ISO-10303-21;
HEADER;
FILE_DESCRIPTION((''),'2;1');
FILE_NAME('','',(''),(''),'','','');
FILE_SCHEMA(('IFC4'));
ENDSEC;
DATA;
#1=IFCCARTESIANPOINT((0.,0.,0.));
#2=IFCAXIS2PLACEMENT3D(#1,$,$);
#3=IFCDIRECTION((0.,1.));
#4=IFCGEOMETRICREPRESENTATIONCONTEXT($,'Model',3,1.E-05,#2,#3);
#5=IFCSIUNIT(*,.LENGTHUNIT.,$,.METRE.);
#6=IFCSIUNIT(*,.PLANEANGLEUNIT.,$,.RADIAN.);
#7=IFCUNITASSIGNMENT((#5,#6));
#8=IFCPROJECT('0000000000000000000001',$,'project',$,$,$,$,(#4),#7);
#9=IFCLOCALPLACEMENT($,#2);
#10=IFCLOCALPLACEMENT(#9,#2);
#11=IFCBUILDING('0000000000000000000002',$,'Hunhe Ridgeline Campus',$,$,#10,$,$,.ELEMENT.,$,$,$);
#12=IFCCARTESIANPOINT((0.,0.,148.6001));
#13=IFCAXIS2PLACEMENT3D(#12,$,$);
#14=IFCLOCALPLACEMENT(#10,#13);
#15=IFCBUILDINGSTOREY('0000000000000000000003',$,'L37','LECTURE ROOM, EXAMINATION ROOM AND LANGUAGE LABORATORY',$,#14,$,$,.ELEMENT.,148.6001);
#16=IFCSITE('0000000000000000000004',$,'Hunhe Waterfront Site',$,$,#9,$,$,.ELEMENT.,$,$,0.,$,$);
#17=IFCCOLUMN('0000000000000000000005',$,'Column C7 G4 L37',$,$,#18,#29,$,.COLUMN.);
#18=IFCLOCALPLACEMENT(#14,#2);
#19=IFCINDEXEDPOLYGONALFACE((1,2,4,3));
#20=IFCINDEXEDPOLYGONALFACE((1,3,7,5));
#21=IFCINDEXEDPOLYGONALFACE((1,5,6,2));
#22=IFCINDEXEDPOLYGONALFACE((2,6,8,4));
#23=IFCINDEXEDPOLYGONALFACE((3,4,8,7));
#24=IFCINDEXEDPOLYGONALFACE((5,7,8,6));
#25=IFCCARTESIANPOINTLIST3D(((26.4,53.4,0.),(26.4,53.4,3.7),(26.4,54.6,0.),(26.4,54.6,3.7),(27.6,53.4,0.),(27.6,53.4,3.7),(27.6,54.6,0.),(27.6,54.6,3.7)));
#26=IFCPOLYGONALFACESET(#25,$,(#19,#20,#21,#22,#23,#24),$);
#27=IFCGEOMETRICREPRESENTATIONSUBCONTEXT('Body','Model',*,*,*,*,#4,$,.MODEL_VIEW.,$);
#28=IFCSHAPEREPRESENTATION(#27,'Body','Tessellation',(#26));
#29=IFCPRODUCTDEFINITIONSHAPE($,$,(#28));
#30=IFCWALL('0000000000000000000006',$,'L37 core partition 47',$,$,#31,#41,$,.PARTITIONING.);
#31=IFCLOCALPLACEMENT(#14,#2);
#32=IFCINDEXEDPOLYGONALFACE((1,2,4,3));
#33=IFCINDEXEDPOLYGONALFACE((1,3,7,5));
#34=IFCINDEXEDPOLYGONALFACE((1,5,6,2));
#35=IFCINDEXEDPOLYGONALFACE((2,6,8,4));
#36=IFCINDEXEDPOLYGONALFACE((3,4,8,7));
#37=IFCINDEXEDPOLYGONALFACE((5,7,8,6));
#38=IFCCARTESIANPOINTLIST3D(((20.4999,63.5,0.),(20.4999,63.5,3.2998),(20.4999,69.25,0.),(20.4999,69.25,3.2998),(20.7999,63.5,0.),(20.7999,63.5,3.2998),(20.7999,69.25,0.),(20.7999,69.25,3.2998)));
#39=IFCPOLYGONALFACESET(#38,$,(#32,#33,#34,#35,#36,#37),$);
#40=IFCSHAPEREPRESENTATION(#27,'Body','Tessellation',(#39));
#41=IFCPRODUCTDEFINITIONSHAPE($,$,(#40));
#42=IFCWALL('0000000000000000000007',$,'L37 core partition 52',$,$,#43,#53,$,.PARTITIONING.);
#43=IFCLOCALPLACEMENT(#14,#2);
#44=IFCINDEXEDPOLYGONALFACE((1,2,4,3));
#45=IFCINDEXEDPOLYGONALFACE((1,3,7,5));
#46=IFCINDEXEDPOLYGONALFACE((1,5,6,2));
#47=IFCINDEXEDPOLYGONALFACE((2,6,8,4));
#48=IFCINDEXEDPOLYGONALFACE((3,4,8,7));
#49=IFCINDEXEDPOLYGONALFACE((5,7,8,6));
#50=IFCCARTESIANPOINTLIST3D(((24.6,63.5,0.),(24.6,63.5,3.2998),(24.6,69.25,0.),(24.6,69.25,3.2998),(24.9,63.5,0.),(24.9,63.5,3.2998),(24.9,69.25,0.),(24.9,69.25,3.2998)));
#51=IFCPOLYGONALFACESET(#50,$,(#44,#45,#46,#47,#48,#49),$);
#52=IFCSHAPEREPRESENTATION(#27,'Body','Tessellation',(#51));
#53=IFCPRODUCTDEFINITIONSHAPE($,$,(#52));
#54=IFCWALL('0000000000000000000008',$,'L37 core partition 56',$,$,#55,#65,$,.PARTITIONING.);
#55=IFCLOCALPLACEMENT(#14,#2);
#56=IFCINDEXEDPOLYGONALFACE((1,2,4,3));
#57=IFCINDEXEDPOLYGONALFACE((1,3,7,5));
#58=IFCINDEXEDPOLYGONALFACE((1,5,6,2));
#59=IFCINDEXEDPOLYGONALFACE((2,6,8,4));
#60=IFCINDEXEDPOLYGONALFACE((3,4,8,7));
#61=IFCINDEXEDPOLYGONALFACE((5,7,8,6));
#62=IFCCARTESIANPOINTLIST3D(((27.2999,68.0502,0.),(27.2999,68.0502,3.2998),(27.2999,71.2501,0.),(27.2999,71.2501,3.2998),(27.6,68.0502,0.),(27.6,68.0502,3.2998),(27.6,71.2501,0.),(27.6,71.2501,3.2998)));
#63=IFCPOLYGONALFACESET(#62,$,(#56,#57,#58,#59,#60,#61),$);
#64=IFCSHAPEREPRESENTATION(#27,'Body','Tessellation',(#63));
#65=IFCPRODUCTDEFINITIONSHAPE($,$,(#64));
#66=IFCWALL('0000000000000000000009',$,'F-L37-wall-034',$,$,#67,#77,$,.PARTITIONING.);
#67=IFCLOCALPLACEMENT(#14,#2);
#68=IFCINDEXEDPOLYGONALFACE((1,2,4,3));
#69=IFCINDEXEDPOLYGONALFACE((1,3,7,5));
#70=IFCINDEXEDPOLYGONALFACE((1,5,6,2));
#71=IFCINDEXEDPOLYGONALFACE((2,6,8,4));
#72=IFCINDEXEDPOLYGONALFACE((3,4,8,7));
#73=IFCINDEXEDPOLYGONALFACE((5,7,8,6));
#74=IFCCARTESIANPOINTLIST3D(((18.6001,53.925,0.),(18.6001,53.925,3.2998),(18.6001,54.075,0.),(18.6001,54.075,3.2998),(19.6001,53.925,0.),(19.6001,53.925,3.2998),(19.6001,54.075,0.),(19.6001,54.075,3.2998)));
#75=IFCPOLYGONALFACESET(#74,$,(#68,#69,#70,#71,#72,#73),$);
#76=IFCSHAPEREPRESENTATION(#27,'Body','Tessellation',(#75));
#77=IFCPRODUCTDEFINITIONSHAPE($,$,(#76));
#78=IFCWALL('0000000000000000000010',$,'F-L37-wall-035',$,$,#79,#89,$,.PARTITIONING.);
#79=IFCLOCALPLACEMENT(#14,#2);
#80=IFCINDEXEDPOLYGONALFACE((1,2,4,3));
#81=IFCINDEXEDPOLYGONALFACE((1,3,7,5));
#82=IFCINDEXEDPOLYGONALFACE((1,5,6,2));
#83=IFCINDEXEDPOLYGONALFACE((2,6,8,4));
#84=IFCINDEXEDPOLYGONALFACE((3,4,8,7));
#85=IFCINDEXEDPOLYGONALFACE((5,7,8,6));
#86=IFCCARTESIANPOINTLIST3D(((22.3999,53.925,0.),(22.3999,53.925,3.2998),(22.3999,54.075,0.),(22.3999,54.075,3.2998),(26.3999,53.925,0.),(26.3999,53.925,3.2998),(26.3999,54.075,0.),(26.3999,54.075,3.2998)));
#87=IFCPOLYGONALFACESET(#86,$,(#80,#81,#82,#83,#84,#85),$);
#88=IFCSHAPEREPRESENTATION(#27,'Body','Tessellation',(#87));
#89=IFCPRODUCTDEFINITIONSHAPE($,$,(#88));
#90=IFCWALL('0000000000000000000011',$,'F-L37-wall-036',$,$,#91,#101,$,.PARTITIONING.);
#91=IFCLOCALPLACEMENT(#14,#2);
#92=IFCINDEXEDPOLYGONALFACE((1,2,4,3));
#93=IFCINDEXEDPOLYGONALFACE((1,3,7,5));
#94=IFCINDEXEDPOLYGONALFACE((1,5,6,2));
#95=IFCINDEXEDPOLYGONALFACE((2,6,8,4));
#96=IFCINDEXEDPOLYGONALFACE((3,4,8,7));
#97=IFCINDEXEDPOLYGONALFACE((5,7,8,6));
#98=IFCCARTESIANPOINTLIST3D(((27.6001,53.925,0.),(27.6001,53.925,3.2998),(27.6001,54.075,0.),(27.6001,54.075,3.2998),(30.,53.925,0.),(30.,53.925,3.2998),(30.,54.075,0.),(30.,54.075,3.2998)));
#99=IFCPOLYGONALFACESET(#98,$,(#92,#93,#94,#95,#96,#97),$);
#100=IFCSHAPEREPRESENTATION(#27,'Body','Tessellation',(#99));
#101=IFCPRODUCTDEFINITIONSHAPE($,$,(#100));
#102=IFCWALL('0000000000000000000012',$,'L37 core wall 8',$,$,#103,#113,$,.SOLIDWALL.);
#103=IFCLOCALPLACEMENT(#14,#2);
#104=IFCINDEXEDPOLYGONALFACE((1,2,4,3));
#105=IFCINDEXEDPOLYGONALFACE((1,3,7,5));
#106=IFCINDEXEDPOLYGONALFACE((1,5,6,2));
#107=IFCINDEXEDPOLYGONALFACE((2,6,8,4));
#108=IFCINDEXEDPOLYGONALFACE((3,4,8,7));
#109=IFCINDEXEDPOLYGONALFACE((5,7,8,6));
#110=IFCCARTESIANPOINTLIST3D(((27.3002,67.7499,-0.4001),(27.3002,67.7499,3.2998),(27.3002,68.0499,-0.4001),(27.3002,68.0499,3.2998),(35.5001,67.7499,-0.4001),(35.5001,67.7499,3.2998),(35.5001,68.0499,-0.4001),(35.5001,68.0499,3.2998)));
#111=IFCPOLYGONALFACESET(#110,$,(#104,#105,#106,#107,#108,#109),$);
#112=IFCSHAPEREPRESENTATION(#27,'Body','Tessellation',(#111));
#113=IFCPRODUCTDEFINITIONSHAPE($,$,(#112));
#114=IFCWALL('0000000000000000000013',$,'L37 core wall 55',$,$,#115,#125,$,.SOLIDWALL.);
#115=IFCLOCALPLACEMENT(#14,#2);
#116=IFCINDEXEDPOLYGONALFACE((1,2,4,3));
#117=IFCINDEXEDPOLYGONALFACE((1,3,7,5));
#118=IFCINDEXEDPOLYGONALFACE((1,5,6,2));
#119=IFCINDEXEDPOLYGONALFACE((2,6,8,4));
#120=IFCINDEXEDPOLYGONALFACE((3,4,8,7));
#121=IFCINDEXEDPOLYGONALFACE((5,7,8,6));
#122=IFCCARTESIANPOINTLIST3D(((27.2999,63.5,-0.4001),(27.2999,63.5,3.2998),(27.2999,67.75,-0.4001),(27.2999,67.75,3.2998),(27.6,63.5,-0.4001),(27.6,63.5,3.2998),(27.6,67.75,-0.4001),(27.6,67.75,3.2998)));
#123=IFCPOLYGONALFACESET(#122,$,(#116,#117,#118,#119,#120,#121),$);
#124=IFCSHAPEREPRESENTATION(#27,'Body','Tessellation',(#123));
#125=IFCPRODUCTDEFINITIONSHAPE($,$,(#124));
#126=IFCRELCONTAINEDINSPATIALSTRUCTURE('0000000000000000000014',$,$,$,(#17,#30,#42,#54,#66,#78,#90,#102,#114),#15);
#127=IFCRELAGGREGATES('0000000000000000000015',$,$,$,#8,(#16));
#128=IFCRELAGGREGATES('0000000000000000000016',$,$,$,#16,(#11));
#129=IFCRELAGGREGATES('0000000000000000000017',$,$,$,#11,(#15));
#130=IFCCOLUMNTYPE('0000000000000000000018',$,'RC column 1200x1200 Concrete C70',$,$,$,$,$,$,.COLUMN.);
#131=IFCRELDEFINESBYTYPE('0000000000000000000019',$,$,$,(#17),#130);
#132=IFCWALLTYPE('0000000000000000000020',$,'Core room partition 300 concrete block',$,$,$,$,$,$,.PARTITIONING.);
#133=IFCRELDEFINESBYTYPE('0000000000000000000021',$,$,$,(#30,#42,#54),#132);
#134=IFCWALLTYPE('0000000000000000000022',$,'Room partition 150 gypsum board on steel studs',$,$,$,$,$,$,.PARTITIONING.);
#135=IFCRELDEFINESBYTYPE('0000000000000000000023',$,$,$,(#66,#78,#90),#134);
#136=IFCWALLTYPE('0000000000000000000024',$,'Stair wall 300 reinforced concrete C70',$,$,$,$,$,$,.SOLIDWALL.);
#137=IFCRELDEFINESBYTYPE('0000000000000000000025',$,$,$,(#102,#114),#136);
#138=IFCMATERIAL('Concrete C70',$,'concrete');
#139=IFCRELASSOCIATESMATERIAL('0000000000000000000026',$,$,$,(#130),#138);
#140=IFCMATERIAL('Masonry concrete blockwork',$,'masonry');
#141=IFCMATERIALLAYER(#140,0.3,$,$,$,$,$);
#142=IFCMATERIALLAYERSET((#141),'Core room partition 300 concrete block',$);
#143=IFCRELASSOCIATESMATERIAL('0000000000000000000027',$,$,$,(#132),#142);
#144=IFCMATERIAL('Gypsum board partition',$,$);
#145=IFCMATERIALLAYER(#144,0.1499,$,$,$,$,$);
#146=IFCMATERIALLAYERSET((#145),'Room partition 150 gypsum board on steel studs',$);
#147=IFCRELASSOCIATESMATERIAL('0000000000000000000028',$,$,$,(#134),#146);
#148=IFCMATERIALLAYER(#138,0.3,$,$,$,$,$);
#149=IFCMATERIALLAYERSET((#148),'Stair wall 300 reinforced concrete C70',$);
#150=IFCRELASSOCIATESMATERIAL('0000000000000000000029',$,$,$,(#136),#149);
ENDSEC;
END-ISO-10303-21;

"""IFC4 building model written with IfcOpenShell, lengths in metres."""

from ifc_helpers import new_model, si_unit, direction, frame, frame_2d, origin, origin_2d, place, context, subcontext, project, spatial, rectangle, extrude, material, layer, layer_set, material_profile, profile_set, type_object, element, save


model = new_model("IFC4")

# Units and contexts
model_context = context("Model", 3, precision=1e-05, world=origin(), true_north=direction((0.0, 1.0)))
body_context = subcontext(model_context, "Body", "Model", "MODEL_VIEW")
ifc_project = project(units=[si_unit("LENGTHUNIT", "METRE"), si_unit("PLANEANGLEUNIT", "RADIAN")], contexts=[model_context])

# Site, building, storey
site_placement = place(None, origin())
site = spatial("IfcSite", under=ifc_project, at=site_placement, Name="Hunhe Waterfront Site", CompositionType="ELEMENT", RefElevation=0.0)
building_placement = place(site_placement, origin())
building = spatial("IfcBuilding", under=site, at=building_placement, Name="Hunhe Ridgeline Campus", CompositionType="ELEMENT")
storey_placement = place(building_placement, frame((0.0, 0.0, 148.6001)))
storey = spatial("IfcBuildingStorey", under=building, at=storey_placement, Name="L37", Description="LECTURE ROOM, EXAMINATION ROOM AND LANGUAGE LABORATORY", CompositionType="ELEMENT", Elevation=148.6001)

# Column
ifc_material_1 = material(Name="Concrete C70", Category="concrete")
ifc_material_profile = material_profile(ifc_material_1, rectangle(XDim=1.2, YDim=1.2, at=origin_2d()))
ifc_profile_set = profile_set([ifc_material_profile], Name="Concrete C70")
column_type = type_object("IfcColumnType", Name="RC column 1200x1200 Concrete C70", PredefinedType="COLUMN", material=ifc_profile_set)
column_placement = place(storey_placement, frame((27.0, 54.0, 0.0), z_axis=(0.0, 0.0, 1.0), x_axis=(1.0, 0.0, 0.0)))
element("IfcColumn", 1, at=column_placement, inside=storey, type_object=column_type, Name="Column C7 G4 L37", PredefinedType="COLUMN", context=body_context, shape_type="SweptSolid", body=[
    extrude(rectangle(XDim=1.2, YDim=1.2, at=origin_2d()), origin(), (0.0, 0.0, 1.0), 3.7),
])

# Walls
ifc_material_2 = material(Name="Masonry concrete blockwork", Category="masonry")
ifc_layer_1 = layer(ifc_material_2, 0.3)
ifc_layer_set_1 = layer_set([ifc_layer_1], Name="Core room partition 300 concrete block")
wall_type_1 = type_object("IfcWallType", Name="Core room partition 300 concrete block", PredefinedType="PARTITIONING", material=ifc_layer_set_1)
for number, where, z_axis, x_axis, name in (
    (2, (20.6499, 63.5, 0.0), (0.0, 0.0, 1.0), (0.0, 1.0, 0.0), "L37 core partition 47"),
    (3, (24.75, 63.5, 0.0), (0.0, 0.0, 1.0), (0.0, 1.0, 0.0), "L37 core partition 52"),
):
    element("IfcWall", number, at=place(storey_placement, frame(where, z_axis=z_axis, x_axis=x_axis)), inside=storey, type_object=wall_type_1, Name=name, PredefinedType="PARTITIONING", context=body_context, shape_type="SweptSolid", body=[
        extrude(rectangle(XDim=5.75, YDim=0.3, at=frame_2d((2.875, 0.0))), origin(), (0.0, 0.0, 1.0), 3.2998),
    ])
wall_1_placement = place(storey_placement, frame((27.45, 68.05, 0.0), z_axis=(0.0, 0.0, 1.0), x_axis=(0.0, 1.0, 0.0)))
element("IfcWall", 4, at=wall_1_placement, inside=storey, type_object=wall_type_1, Name="L37 core partition 56", PredefinedType="PARTITIONING", context=body_context, shape_type="SweptSolid", body=[
    extrude(rectangle(XDim=3.2, YDim=0.3, at=frame_2d((1.6001, 0.0))), origin(), (0.0, 0.0, 1.0), 3.2998),
])

# Shared definitions
ifc_material_3 = material(Name="Gypsum board partition")

# Walls
ifc_layer_2 = layer(ifc_material_3, 0.1499)
ifc_layer_set_2 = layer_set([ifc_layer_2], Name="Room partition 150 gypsum board on steel studs")
wall_type_2 = type_object("IfcWallType", Name="Room partition 150 gypsum board on steel studs", PredefinedType="PARTITIONING", material=ifc_layer_set_2)
wall_2_placement = place(storey_placement, frame((18.6001, 54.0, 0.0), z_axis=(0.0, 0.0, 1.0), x_axis=(1.0, 0.0, 0.0)))
element("IfcWall", 5, at=wall_2_placement, inside=storey, type_object=wall_type_2, Name="F-L37-wall-034", PredefinedType="PARTITIONING", context=body_context, shape_type="SweptSolid", body=[
    extrude(rectangle(XDim=1.0, YDim=0.1499, at=frame_2d((0.5, 0.0))), origin(), (0.0, 0.0, 1.0), 3.2998),
])
wall_3_placement = place(storey_placement, frame((22.3999, 54.0, 0.0), z_axis=(0.0, 0.0, 1.0), x_axis=(1.0, 0.0, 0.0)))
element("IfcWall", 6, at=wall_3_placement, inside=storey, type_object=wall_type_2, Name="F-L37-wall-035", PredefinedType="PARTITIONING", context=body_context, shape_type="SweptSolid", body=[
    extrude(rectangle(XDim=4.0, YDim=0.1499, at=frame_2d((2.0, 0.0))), origin(), (0.0, 0.0, 1.0), 3.2998),
])
wall_4_placement = place(storey_placement, frame((27.6001, 54.0, 0.0), z_axis=(0.0, 0.0, 1.0), x_axis=(1.0, 0.0, 0.0)))
element("IfcWall", 7, at=wall_4_placement, inside=storey, type_object=wall_type_2, Name="F-L37-wall-036", PredefinedType="PARTITIONING", context=body_context, shape_type="SweptSolid", body=[
    extrude(rectangle(XDim=2.3999, YDim=0.1499, at=frame_2d((1.2, 0.0))), origin(), (0.0, 0.0, 1.0), 3.2998),
])
ifc_layer_3 = layer(ifc_material_1, 0.3)
ifc_layer_set_3 = layer_set([ifc_layer_3], Name="Stair wall 300 reinforced concrete C70")
wall_type_3 = type_object("IfcWallType", Name="Stair wall 300 reinforced concrete C70", PredefinedType="SOLIDWALL", material=ifc_layer_set_3)
wall_5_placement = place(storey_placement, frame((27.3, 67.8999, -0.4001), z_axis=(0.0, 0.0, 1.0), x_axis=(1.0, 0.0, 0.0)))
element("IfcWall", 8, at=wall_5_placement, inside=storey, type_object=wall_type_3, Name="L37 core wall 8", PredefinedType="SOLIDWALL", context=body_context, shape_type="SweptSolid", body=[
    extrude(rectangle(XDim=8.2, YDim=0.3, at=frame_2d((4.1001, 0.0))), origin(), (0.0, 0.0, 1.0), 3.7),
])
wall_6_placement = place(storey_placement, frame((27.45, 63.5, -0.4001), z_axis=(0.0, 0.0, 1.0), x_axis=(0.0, 1.0, 0.0)))
element("IfcWall", 9, at=wall_6_placement, inside=storey, type_object=wall_type_3, Name="L37 core wall 55", PredefinedType="SOLIDWALL", context=body_context, shape_type="SweptSolid", body=[
    extrude(rectangle(XDim=4.25, YDim=0.3, at=frame_2d((2.125, 0.0))), origin(), (0.0, 0.0, 1.0), 3.7),
])

save(model, "model.ifc")
